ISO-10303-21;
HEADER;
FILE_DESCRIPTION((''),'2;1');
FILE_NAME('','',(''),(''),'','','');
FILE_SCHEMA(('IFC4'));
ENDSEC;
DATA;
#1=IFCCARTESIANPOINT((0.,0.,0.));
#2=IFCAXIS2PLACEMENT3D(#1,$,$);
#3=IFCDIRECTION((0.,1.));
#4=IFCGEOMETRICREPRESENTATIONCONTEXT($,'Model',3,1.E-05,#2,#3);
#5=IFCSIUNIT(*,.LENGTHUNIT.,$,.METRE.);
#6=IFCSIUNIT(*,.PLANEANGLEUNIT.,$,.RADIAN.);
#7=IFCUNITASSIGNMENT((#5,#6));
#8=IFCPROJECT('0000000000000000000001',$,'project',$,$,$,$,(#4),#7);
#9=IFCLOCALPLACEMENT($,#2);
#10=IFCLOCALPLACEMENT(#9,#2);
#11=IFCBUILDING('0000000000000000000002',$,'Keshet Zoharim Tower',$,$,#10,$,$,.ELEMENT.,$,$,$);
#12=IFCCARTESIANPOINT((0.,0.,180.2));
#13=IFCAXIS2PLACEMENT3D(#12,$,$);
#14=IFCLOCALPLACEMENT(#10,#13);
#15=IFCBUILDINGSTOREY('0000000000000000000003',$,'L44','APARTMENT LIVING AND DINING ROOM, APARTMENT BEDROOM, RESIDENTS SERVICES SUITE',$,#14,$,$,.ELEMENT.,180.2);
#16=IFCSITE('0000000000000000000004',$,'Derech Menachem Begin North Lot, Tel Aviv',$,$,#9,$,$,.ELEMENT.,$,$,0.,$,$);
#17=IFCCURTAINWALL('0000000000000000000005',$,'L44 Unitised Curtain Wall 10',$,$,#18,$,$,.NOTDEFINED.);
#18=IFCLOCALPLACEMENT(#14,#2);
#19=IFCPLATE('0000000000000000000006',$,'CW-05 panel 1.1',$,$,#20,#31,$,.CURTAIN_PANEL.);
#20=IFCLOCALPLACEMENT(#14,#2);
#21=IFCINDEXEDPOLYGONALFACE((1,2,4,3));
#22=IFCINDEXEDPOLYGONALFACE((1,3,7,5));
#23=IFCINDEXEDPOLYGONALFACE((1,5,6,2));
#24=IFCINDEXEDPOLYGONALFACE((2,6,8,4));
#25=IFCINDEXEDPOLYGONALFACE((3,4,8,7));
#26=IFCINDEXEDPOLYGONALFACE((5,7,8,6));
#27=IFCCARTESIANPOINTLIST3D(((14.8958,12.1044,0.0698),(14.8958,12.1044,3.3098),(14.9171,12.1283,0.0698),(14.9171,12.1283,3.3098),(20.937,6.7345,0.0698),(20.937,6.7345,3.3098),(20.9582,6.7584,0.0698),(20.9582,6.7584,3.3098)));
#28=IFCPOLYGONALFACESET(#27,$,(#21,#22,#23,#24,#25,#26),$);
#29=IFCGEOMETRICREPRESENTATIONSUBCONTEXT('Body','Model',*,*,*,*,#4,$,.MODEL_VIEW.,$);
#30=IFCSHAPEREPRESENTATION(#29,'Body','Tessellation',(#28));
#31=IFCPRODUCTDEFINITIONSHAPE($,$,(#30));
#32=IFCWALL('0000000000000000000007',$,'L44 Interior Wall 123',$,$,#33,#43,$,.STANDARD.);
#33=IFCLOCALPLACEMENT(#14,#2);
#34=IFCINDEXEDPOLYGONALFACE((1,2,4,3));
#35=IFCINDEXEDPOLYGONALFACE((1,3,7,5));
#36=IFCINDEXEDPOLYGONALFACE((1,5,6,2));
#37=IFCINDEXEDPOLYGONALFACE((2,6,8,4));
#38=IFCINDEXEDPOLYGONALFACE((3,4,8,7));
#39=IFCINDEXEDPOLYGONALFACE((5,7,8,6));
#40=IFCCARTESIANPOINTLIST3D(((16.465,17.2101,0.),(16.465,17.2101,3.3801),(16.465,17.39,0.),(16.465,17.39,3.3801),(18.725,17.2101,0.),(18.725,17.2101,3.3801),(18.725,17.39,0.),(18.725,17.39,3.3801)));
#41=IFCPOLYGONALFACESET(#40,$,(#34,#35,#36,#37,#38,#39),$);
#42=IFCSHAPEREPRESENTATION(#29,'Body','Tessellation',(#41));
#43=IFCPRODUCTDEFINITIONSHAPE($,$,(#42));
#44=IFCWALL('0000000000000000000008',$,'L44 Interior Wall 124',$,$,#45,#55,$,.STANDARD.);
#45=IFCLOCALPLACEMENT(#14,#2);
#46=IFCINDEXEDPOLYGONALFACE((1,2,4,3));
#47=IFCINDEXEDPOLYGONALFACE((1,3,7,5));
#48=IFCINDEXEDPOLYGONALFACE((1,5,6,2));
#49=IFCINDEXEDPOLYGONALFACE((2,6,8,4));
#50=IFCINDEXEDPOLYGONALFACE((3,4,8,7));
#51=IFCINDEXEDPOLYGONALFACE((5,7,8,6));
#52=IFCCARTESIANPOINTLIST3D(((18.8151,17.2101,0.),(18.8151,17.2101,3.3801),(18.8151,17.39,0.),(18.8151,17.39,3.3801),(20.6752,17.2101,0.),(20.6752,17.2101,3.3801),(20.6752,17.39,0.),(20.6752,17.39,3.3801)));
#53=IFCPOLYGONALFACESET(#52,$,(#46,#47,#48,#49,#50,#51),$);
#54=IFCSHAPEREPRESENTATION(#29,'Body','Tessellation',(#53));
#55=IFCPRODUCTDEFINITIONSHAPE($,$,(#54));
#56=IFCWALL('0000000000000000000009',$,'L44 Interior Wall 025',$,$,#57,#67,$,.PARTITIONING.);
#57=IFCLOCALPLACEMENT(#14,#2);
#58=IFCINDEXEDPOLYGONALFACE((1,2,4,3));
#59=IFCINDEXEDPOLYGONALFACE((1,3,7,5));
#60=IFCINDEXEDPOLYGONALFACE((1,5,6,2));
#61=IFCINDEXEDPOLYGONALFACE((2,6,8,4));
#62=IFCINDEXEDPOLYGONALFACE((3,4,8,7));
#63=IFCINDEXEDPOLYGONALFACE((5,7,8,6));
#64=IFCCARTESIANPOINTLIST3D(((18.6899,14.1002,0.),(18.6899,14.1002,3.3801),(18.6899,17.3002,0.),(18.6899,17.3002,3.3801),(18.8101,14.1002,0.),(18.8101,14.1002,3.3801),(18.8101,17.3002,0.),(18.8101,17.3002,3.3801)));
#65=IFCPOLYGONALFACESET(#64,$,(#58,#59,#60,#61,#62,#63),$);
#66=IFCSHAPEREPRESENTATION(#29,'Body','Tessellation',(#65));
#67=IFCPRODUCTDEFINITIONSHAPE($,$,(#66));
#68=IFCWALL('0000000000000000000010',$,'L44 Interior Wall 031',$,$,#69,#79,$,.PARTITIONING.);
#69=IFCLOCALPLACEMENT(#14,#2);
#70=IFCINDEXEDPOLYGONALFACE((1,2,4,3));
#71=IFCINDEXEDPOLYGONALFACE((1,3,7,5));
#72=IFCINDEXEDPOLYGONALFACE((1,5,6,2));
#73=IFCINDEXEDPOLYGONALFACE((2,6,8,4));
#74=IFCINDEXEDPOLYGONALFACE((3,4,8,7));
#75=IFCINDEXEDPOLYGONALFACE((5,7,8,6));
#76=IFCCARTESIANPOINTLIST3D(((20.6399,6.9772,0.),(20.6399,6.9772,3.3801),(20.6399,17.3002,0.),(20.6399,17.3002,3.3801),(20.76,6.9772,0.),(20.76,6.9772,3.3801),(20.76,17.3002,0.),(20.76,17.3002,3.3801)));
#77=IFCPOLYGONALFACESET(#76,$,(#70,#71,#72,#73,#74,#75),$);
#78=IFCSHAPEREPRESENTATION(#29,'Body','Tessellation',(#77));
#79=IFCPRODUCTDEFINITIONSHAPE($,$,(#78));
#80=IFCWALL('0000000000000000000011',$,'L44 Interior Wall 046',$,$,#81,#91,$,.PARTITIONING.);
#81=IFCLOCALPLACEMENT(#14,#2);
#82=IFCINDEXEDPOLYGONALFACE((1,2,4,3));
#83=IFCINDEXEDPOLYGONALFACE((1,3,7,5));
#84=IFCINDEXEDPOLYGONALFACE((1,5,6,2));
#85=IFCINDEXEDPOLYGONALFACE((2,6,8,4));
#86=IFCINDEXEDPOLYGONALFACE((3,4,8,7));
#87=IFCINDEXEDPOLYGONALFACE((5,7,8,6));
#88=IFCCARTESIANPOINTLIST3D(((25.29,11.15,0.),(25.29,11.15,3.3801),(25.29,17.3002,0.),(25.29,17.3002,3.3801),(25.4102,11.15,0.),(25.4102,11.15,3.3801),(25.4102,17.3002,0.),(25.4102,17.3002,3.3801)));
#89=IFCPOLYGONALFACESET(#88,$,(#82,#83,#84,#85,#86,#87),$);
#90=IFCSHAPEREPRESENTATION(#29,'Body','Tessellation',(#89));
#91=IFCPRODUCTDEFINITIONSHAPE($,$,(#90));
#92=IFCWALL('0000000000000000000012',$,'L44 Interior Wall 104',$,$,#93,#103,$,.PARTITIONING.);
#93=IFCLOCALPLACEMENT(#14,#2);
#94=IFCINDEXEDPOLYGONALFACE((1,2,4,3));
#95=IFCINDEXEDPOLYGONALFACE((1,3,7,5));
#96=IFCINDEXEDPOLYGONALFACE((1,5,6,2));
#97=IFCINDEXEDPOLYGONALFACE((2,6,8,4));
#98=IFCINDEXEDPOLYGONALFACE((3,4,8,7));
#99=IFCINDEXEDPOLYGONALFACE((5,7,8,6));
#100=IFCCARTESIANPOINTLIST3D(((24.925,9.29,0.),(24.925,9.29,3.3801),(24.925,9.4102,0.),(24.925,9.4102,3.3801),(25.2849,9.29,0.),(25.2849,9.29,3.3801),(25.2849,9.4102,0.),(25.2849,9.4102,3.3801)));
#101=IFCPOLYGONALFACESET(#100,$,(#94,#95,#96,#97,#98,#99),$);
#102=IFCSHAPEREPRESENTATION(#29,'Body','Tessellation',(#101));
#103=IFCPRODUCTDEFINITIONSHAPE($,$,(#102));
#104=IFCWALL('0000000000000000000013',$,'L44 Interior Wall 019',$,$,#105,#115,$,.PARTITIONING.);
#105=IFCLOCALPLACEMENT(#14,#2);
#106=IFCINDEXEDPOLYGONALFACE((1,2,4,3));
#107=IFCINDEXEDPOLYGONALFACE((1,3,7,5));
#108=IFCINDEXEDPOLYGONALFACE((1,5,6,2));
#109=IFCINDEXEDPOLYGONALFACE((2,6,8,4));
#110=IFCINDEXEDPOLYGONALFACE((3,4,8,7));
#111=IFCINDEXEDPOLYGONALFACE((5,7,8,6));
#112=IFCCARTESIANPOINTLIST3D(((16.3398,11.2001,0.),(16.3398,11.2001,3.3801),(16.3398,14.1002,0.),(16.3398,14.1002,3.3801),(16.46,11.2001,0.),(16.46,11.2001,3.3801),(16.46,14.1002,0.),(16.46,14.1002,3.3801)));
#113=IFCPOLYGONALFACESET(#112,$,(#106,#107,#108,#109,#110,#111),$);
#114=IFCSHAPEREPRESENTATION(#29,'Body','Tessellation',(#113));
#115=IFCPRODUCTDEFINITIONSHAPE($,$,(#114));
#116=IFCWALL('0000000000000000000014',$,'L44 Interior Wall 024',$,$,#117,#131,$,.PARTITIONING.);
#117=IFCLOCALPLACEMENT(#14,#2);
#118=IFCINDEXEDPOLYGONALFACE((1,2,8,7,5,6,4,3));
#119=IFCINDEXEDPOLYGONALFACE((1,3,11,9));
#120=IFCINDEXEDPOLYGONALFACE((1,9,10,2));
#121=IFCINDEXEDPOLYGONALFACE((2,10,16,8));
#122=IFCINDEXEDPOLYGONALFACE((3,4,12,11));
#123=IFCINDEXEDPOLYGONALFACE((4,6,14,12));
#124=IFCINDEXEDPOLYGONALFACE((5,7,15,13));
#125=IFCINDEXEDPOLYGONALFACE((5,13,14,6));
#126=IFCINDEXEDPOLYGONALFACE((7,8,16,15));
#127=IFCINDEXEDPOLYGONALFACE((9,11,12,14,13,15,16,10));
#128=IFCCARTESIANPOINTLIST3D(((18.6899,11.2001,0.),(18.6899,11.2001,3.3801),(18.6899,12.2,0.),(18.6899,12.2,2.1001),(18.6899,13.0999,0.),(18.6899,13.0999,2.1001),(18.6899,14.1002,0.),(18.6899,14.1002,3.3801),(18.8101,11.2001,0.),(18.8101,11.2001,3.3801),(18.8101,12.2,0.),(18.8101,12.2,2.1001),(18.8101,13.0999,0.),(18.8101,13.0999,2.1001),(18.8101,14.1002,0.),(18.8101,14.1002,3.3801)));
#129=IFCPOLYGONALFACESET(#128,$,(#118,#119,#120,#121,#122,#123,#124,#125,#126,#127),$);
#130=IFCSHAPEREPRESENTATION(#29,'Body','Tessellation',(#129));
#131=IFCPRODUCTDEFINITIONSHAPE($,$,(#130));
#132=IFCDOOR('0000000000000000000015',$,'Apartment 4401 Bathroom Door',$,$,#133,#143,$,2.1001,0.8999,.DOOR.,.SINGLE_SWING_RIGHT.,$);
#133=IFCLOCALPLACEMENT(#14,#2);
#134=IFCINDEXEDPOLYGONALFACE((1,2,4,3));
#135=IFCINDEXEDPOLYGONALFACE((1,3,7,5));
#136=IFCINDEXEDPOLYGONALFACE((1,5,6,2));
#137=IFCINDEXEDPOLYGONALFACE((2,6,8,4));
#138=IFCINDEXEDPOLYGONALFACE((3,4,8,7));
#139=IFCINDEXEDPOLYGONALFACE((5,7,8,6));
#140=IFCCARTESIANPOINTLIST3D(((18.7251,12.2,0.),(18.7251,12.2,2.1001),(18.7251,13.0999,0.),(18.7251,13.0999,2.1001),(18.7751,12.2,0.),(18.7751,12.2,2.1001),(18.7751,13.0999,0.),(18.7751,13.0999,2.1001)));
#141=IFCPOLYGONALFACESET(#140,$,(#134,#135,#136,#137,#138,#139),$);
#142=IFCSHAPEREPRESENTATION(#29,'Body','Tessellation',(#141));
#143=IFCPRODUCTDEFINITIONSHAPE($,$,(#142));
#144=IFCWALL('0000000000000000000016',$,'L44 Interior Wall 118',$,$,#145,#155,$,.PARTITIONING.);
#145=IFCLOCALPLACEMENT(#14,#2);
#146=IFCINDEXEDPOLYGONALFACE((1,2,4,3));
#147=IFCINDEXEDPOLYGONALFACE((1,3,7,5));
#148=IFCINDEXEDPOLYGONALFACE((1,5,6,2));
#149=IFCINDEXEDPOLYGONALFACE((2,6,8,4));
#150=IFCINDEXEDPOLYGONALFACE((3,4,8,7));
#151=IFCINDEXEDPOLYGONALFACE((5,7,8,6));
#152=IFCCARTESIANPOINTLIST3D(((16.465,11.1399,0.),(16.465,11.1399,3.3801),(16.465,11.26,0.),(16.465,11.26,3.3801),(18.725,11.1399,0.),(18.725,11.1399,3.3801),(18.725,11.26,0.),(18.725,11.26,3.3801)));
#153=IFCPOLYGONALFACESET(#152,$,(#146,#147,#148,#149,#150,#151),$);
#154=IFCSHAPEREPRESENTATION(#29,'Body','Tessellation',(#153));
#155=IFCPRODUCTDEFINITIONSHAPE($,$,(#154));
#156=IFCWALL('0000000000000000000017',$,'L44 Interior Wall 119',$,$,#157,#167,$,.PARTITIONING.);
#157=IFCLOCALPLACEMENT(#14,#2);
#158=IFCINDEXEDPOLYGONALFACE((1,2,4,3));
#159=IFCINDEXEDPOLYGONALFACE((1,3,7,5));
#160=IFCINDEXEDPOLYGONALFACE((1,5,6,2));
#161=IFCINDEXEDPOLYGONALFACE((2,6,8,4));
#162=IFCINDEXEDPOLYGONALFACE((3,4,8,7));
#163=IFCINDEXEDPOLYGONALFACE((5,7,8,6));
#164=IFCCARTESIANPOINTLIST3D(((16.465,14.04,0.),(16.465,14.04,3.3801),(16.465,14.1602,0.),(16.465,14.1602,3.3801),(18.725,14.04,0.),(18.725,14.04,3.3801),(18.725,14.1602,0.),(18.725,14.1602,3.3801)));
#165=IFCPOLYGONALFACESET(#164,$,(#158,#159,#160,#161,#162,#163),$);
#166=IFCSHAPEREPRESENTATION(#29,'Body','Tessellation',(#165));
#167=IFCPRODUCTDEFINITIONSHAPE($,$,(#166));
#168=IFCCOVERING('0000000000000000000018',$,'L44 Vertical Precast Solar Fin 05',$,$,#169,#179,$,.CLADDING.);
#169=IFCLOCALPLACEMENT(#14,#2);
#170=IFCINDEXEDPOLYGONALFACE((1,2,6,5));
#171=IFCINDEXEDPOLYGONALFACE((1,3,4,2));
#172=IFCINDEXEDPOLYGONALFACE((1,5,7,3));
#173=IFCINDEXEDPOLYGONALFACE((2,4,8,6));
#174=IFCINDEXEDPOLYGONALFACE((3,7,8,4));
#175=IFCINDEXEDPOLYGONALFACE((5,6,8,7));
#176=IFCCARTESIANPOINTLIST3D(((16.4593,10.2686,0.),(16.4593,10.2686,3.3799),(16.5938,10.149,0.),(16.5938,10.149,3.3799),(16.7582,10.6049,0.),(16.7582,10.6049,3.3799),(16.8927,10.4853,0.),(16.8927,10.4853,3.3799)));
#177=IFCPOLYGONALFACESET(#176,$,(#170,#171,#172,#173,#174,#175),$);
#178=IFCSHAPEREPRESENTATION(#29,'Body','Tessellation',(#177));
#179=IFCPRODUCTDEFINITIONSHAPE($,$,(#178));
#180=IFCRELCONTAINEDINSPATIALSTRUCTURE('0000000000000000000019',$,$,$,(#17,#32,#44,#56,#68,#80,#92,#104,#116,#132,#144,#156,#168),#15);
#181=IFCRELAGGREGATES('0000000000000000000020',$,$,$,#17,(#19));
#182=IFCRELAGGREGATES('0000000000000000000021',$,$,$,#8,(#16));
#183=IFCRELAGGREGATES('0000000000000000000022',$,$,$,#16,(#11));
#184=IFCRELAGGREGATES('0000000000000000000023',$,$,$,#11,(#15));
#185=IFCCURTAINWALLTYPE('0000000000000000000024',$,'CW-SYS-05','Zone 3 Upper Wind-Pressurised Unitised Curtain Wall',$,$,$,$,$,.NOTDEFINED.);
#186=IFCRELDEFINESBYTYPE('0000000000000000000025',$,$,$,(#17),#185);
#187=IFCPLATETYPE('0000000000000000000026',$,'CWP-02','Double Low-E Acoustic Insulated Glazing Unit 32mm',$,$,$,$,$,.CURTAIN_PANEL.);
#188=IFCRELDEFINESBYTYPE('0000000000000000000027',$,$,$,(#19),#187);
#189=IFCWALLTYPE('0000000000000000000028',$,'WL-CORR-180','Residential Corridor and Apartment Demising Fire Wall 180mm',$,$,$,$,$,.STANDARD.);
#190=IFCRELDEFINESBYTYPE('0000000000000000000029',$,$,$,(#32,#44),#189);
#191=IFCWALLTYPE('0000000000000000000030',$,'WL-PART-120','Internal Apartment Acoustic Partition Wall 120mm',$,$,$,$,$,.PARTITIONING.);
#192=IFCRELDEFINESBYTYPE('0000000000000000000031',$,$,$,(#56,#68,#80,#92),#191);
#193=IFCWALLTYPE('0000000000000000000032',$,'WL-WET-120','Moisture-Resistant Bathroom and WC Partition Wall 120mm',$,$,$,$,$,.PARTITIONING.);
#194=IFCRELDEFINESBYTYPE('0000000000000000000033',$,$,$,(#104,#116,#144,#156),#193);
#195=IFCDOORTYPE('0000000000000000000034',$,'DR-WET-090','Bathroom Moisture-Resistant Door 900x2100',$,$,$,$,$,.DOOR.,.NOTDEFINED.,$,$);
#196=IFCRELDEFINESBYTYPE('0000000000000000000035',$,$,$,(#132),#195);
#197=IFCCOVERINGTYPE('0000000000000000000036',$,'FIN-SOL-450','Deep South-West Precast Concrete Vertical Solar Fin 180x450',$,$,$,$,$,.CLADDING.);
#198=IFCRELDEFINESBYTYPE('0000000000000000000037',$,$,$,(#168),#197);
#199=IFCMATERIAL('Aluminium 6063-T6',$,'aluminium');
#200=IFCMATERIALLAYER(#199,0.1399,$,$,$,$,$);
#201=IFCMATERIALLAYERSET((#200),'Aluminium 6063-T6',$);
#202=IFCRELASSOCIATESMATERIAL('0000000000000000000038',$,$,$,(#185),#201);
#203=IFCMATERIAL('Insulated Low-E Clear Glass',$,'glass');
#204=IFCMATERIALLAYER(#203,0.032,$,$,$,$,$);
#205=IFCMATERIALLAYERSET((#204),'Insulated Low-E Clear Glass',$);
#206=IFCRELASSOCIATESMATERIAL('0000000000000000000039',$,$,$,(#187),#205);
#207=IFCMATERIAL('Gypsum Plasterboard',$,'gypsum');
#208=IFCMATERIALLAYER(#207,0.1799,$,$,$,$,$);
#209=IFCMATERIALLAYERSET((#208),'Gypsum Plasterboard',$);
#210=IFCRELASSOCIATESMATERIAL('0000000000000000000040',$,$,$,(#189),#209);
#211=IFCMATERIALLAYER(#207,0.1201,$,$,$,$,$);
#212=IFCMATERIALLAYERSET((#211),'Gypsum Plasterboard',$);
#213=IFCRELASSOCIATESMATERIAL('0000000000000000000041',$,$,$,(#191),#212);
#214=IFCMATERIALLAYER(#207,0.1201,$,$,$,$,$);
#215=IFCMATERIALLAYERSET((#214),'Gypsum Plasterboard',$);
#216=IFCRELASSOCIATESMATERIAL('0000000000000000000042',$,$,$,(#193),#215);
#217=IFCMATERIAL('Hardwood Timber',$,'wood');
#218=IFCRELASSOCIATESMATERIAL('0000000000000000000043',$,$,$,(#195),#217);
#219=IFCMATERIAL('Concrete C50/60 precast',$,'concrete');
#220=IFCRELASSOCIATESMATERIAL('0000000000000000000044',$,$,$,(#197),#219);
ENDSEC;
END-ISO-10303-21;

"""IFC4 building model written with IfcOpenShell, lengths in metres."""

from ifc_helpers import new_model, si_unit, direction, frame, frame_2d, origin, origin_2d, place, context, subcontext, project, spatial, rectangle, extrude, material, layer, layer_set, type_object, element, fill, aggregate, save


model = new_model("IFC4")

# Units and contexts
model_context = context("Model", 3, precision=1e-05, world=origin(), true_north=direction((0.0, 1.0)))
body_context = subcontext(model_context, "Body", "Model", "MODEL_VIEW")
ifc_project = project(units=[si_unit("LENGTHUNIT", "METRE"), si_unit("PLANEANGLEUNIT", "RADIAN")], contexts=[model_context])

# Site, building, storey
site_placement = place(None, origin())
site = spatial("IfcSite", under=ifc_project, at=site_placement, Name="Derech Menachem Begin North Lot, Tel Aviv", CompositionType="ELEMENT", RefElevation=0.0)
building_placement = place(site_placement, origin())
building = spatial("IfcBuilding", under=site, at=building_placement, Name="Keshet Zoharim Tower", CompositionType="ELEMENT")
storey_placement = place(building_placement, frame((0.0, 0.0, 180.2)))
storey = spatial("IfcBuildingStorey", under=building, at=storey_placement, Name="L44", Description="APARTMENT LIVING AND DINING ROOM, APARTMENT BEDROOM, RESIDENTS SERVICES SUITE", CompositionType="ELEMENT", Elevation=180.2)

# Curtain wall, plate
ifc_material_1 = material(Name="Aluminium 6063-T6", Category="aluminium")
ifc_layer_1 = layer(ifc_material_1, 0.1399)
ifc_layer_set_1 = layer_set([ifc_layer_1], Name="Aluminium 6063-T6")
curtain_wall_type = type_object("IfcCurtainWallType", Name="CW-SYS-05", Description="Zone 3 Upper Wind-Pressurised Unitised Curtain Wall", PredefinedType="NOTDEFINED", material=ifc_layer_set_1)
curtain_wall_placement = place(storey_placement, origin())
curtain_wall = element("IfcCurtainWall", 1, at=curtain_wall_placement, inside=storey, type_object=curtain_wall_type, Name="L44 Unitised Curtain Wall 10", PredefinedType="NOTDEFINED")
ifc_material_2 = material(Name="Insulated Low-E Clear Glass", Category="glass")
ifc_layer_2 = layer(ifc_material_2, 0.032)
ifc_layer_set_2 = layer_set([ifc_layer_2], Name="Insulated Low-E Clear Glass")
plate_type = type_object("IfcPlateType", Name="CWP-02", Description="Double Low-E Acoustic Insulated Glazing Unit 32mm", PredefinedType="CURTAIN_PANEL", material=ifc_layer_set_2)
plate_placement = place(storey_placement, frame((17.927, 9.4314, 0.0698), z_axis=(0.0, 0.0, 1.0), x_axis=(-0.747411, 0.664362, 0.0)))
plate = element("IfcPlate", 2, at=plate_placement, type_object=plate_type, Name="CW-05 panel 1.1", PredefinedType="CURTAIN_PANEL", context=body_context, shape_type="SweptSolid", body=[
    extrude(rectangle(XDim=8.0828, YDim=0.032, at=origin_2d()), origin(), (0.0, 0.0, 1.0), 3.24),
])
aggregate(curtain_wall, [plate])

# Walls
ifc_material_3 = material(Name="Gypsum Plasterboard", Category="gypsum")
ifc_layer_3 = layer(ifc_material_3, 0.1799)
ifc_layer_set_3 = layer_set([ifc_layer_3], Name="Gypsum Plasterboard")
wall_type_1 = type_object("IfcWallType", Name="WL-CORR-180", Description="Residential Corridor and Apartment Demising Fire Wall 180mm", PredefinedType="STANDARD", material=ifc_layer_set_3)
wall_1_placement = place(storey_placement, frame((16.4651, 17.3, 0.0), z_axis=(0.0, 0.0, 1.0), x_axis=(1.0, 0.0, 0.0)))
element("IfcWall", 3, at=wall_1_placement, inside=storey, type_object=wall_type_1, Name="L44 Interior Wall 123", PredefinedType="STANDARD", context=body_context, shape_type="SweptSolid", body=[
    extrude(rectangle(XDim=2.26, YDim=0.1799, at=frame_2d((1.1299, 0.0))), origin(), (0.0, 0.0, 1.0), 3.3801),
])
wall_2_placement = place(storey_placement, frame((18.8149, 17.3, 0.0), z_axis=(0.0, 0.0, 1.0), x_axis=(1.0, 0.0, 0.0)))
element("IfcWall", 4, at=wall_2_placement, inside=storey, type_object=wall_type_1, Name="L44 Interior Wall 124", PredefinedType="STANDARD", context=body_context, shape_type="SweptSolid", body=[
    extrude(rectangle(XDim=1.8601, YDim=0.1799, at=frame_2d((0.9302, 0.0))), origin(), (0.0, 0.0, 1.0), 3.3801),
])

# Shared definitions
ifc_layer_4 = layer(ifc_material_3, 0.1201)
ifc_layer_set_4 = layer_set([ifc_layer_4], Name="Gypsum Plasterboard")
wall_type_2 = type_object("IfcWallType", Name="WL-PART-120", Description="Internal Apartment Acoustic Partition Wall 120mm", PredefinedType="PARTITIONING", material=ifc_layer_set_4)
ifc_material_4 = material(Name="Hardwood Timber", Category="wood")

# Walls
wall_3_placement = place(storey_placement, frame((18.75, 14.1001, 0.0), z_axis=(0.0, 0.0, 1.0), x_axis=(0.0, 1.0, 0.0)))
element("IfcWall", 5, at=wall_3_placement, inside=storey, type_object=wall_type_2, Name="L44 Interior Wall 025", PredefinedType="PARTITIONING", context=body_context, shape_type="SweptSolid", body=[
    extrude(rectangle(XDim=3.2, YDim=0.1201, at=frame_2d((1.6001, 0.0))), origin(), (0.0, 0.0, 1.0), 3.3801),
])
wall_4_placement = place(storey_placement, frame((20.7, 6.9771, 0.0), z_axis=(0.0, 0.0, 1.0), x_axis=(0.0, 1.0, 0.0)))
element("IfcWall", 6, at=wall_4_placement, inside=storey, type_object=wall_type_2, Name="L44 Interior Wall 031", PredefinedType="PARTITIONING", context=body_context, shape_type="SweptSolid", body=[
    extrude(rectangle(XDim=10.323, YDim=0.1201, at=frame_2d((5.1616, 0.0))), origin(), (0.0, 0.0, 1.0), 3.3801),
])
wall_5_placement = place(storey_placement, frame((25.3501, 11.1499, 0.0), z_axis=(0.0, 0.0, 1.0), x_axis=(0.0, 1.0, 0.0)))
element("IfcWall", 7, at=wall_5_placement, inside=storey, type_object=wall_type_2, Name="L44 Interior Wall 046", PredefinedType="PARTITIONING", context=body_context, shape_type="SweptSolid", body=[
    extrude(rectangle(XDim=6.1501, YDim=0.1201, at=frame_2d((3.0752, 0.0))), origin(), (0.0, 0.0, 1.0), 3.3801),
])
wall_6_placement = place(storey_placement, frame((24.925, 9.3501, 0.0), z_axis=(0.0, 0.0, 1.0), x_axis=(1.0, 0.0, 0.0)))
element("IfcWall", 8, at=wall_6_placement, inside=storey, type_object=wall_type_2, Name="L44 Interior Wall 104", PredefinedType="PARTITIONING", context=body_context, shape_type="SweptSolid", body=[
    extrude(rectangle(XDim=0.3599, YDim=0.1201, at=frame_2d((0.1799, 0.0))), origin(), (0.0, 0.0, 1.0), 3.3801),
])

# Wall
ifc_layer_5 = layer(ifc_material_3, 0.1201)
ifc_layer_set_5 = layer_set([ifc_layer_5], Name="Gypsum Plasterboard")
wall_type_3 = type_object("IfcWallType", Name="WL-WET-120", Description="Moisture-Resistant Bathroom and WC Partition Wall 120mm", PredefinedType="PARTITIONING", material=ifc_layer_set_5)
wall_7_placement = place(storey_placement, frame((16.3999, 11.2, 0.0), z_axis=(0.0, 0.0, 1.0), x_axis=(0.0, 1.0, 0.0)))
element("IfcWall", 9, at=wall_7_placement, inside=storey, type_object=wall_type_3, Name="L44 Interior Wall 019", PredefinedType="PARTITIONING", context=body_context, shape_type="SweptSolid", body=[
    extrude(rectangle(XDim=2.9001, YDim=0.1201, at=frame_2d((1.4502, 0.0))), origin(), (0.0, 0.0, 1.0), 3.3801),
])

# Wall, opening, door
wall_8_placement = place(storey_placement, frame((18.75, 11.2, 0.0), z_axis=(0.0, 0.0, 1.0), x_axis=(0.0, 1.0, 0.0)))
wall_8 = element("IfcWall", 10, at=wall_8_placement, inside=storey, type_object=wall_type_3, Name="L44 Interior Wall 024", PredefinedType="PARTITIONING", context=body_context, shape_type="SweptSolid", body=[
    extrude(rectangle(XDim=2.9001, YDim=0.1201, at=frame_2d((1.4502, 0.0))), origin(), (0.0, 0.0, 1.0), 3.3801),
])
opening_1_placement = place(wall_8_placement, frame((1.0, 0.0, 0.0)))
opening_1 = element("IfcOpeningElement", 11, at=opening_1_placement, cuts=wall_8, PredefinedType="OPENING", context=body_context, shape_type="SweptSolid", body=[
    extrude(rectangle(XDim=0.8999, YDim=2.1001, at=frame_2d((0.45, 1.05))), frame((0.0, 0.0701, 0.0), z_axis=(0.0, -1.0, 0.0), x_axis=(1.0, 0.0, 0.0)), (0.0, 0.0, 1.0), 0.1401),
])
door_type_1 = type_object("IfcDoorType", Name="DR-WET-090", Description="Bathroom Moisture-Resistant Door 900x2100", OperationType="NOTDEFINED", PredefinedType="DOOR", material=ifc_material_4)
door_1_placement = place(opening_1_placement, origin())
door_1 = element("IfcDoor", 12, at=door_1_placement, inside=storey, type_object=door_type_1, Name="Apartment 4401 Bathroom Door", OperationType="SINGLE_SWING_RIGHT", OverallHeight=2.1001, OverallWidth=0.8999, PredefinedType="DOOR", context=body_context, shape_type="SweptSolid", body=[
    extrude(rectangle(XDim=0.8999, YDim=2.1001, at=frame_2d((0.45, 1.05))), frame((0.0, 0.0249, 0.0), z_axis=(0.0, -1.0, 0.0), x_axis=(1.0, 0.0, 0.0)), (0.0, 0.0, 1.0), 0.05),
])
fill(opening_1, door_1)

# Walls
for number, where, z_axis, x_axis, name in (
    (13, (16.4651, 11.2, 0.0), (0.0, 0.0, 1.0), (1.0, 0.0, 0.0), "L44 Interior Wall 118"),
    (14, (16.4651, 14.1001, 0.0), (0.0, 0.0, 1.0), (1.0, 0.0, 0.0), "L44 Interior Wall 119"),
):
    element("IfcWall", number, at=place(storey_placement, frame(where, z_axis=z_axis, x_axis=x_axis)), inside=storey, type_object=wall_type_3, Name=name, PredefinedType="PARTITIONING", context=body_context, shape_type="SweptSolid", body=[
        extrude(rectangle(XDim=2.26, YDim=0.1201, at=frame_2d((1.1299, 0.0))), origin(), (0.0, 0.0, 1.0), 3.3801),
    ])

# Covering
ifc_material_5 = material(Name="Concrete C50/60 precast", Category="concrete")
covering_type = type_object("IfcCoveringType", Name="FIN-SOL-450", Description="Deep South-West Precast Concrete Vertical Solar Fin 180x450", PredefinedType="CLADDING", material=ifc_material_5)
covering_placement = place(storey_placement, frame((16.676, 10.377, 0.0), z_axis=(0.0, 0.0, 1.0), x_axis=(-0.747409, 0.664364, 0.0)))
element("IfcCovering", 15, at=covering_placement, inside=storey, type_object=covering_type, Name="L44 Vertical Precast Solar Fin 05", PredefinedType="CLADDING", context=body_context, shape_type="SweptSolid", body=[
    extrude(rectangle(XDim=0.1799, YDim=0.45, at=origin_2d()), origin(), (0.0, 0.0, 1.0), 3.3799),
])

save(model, "model.ifc")
